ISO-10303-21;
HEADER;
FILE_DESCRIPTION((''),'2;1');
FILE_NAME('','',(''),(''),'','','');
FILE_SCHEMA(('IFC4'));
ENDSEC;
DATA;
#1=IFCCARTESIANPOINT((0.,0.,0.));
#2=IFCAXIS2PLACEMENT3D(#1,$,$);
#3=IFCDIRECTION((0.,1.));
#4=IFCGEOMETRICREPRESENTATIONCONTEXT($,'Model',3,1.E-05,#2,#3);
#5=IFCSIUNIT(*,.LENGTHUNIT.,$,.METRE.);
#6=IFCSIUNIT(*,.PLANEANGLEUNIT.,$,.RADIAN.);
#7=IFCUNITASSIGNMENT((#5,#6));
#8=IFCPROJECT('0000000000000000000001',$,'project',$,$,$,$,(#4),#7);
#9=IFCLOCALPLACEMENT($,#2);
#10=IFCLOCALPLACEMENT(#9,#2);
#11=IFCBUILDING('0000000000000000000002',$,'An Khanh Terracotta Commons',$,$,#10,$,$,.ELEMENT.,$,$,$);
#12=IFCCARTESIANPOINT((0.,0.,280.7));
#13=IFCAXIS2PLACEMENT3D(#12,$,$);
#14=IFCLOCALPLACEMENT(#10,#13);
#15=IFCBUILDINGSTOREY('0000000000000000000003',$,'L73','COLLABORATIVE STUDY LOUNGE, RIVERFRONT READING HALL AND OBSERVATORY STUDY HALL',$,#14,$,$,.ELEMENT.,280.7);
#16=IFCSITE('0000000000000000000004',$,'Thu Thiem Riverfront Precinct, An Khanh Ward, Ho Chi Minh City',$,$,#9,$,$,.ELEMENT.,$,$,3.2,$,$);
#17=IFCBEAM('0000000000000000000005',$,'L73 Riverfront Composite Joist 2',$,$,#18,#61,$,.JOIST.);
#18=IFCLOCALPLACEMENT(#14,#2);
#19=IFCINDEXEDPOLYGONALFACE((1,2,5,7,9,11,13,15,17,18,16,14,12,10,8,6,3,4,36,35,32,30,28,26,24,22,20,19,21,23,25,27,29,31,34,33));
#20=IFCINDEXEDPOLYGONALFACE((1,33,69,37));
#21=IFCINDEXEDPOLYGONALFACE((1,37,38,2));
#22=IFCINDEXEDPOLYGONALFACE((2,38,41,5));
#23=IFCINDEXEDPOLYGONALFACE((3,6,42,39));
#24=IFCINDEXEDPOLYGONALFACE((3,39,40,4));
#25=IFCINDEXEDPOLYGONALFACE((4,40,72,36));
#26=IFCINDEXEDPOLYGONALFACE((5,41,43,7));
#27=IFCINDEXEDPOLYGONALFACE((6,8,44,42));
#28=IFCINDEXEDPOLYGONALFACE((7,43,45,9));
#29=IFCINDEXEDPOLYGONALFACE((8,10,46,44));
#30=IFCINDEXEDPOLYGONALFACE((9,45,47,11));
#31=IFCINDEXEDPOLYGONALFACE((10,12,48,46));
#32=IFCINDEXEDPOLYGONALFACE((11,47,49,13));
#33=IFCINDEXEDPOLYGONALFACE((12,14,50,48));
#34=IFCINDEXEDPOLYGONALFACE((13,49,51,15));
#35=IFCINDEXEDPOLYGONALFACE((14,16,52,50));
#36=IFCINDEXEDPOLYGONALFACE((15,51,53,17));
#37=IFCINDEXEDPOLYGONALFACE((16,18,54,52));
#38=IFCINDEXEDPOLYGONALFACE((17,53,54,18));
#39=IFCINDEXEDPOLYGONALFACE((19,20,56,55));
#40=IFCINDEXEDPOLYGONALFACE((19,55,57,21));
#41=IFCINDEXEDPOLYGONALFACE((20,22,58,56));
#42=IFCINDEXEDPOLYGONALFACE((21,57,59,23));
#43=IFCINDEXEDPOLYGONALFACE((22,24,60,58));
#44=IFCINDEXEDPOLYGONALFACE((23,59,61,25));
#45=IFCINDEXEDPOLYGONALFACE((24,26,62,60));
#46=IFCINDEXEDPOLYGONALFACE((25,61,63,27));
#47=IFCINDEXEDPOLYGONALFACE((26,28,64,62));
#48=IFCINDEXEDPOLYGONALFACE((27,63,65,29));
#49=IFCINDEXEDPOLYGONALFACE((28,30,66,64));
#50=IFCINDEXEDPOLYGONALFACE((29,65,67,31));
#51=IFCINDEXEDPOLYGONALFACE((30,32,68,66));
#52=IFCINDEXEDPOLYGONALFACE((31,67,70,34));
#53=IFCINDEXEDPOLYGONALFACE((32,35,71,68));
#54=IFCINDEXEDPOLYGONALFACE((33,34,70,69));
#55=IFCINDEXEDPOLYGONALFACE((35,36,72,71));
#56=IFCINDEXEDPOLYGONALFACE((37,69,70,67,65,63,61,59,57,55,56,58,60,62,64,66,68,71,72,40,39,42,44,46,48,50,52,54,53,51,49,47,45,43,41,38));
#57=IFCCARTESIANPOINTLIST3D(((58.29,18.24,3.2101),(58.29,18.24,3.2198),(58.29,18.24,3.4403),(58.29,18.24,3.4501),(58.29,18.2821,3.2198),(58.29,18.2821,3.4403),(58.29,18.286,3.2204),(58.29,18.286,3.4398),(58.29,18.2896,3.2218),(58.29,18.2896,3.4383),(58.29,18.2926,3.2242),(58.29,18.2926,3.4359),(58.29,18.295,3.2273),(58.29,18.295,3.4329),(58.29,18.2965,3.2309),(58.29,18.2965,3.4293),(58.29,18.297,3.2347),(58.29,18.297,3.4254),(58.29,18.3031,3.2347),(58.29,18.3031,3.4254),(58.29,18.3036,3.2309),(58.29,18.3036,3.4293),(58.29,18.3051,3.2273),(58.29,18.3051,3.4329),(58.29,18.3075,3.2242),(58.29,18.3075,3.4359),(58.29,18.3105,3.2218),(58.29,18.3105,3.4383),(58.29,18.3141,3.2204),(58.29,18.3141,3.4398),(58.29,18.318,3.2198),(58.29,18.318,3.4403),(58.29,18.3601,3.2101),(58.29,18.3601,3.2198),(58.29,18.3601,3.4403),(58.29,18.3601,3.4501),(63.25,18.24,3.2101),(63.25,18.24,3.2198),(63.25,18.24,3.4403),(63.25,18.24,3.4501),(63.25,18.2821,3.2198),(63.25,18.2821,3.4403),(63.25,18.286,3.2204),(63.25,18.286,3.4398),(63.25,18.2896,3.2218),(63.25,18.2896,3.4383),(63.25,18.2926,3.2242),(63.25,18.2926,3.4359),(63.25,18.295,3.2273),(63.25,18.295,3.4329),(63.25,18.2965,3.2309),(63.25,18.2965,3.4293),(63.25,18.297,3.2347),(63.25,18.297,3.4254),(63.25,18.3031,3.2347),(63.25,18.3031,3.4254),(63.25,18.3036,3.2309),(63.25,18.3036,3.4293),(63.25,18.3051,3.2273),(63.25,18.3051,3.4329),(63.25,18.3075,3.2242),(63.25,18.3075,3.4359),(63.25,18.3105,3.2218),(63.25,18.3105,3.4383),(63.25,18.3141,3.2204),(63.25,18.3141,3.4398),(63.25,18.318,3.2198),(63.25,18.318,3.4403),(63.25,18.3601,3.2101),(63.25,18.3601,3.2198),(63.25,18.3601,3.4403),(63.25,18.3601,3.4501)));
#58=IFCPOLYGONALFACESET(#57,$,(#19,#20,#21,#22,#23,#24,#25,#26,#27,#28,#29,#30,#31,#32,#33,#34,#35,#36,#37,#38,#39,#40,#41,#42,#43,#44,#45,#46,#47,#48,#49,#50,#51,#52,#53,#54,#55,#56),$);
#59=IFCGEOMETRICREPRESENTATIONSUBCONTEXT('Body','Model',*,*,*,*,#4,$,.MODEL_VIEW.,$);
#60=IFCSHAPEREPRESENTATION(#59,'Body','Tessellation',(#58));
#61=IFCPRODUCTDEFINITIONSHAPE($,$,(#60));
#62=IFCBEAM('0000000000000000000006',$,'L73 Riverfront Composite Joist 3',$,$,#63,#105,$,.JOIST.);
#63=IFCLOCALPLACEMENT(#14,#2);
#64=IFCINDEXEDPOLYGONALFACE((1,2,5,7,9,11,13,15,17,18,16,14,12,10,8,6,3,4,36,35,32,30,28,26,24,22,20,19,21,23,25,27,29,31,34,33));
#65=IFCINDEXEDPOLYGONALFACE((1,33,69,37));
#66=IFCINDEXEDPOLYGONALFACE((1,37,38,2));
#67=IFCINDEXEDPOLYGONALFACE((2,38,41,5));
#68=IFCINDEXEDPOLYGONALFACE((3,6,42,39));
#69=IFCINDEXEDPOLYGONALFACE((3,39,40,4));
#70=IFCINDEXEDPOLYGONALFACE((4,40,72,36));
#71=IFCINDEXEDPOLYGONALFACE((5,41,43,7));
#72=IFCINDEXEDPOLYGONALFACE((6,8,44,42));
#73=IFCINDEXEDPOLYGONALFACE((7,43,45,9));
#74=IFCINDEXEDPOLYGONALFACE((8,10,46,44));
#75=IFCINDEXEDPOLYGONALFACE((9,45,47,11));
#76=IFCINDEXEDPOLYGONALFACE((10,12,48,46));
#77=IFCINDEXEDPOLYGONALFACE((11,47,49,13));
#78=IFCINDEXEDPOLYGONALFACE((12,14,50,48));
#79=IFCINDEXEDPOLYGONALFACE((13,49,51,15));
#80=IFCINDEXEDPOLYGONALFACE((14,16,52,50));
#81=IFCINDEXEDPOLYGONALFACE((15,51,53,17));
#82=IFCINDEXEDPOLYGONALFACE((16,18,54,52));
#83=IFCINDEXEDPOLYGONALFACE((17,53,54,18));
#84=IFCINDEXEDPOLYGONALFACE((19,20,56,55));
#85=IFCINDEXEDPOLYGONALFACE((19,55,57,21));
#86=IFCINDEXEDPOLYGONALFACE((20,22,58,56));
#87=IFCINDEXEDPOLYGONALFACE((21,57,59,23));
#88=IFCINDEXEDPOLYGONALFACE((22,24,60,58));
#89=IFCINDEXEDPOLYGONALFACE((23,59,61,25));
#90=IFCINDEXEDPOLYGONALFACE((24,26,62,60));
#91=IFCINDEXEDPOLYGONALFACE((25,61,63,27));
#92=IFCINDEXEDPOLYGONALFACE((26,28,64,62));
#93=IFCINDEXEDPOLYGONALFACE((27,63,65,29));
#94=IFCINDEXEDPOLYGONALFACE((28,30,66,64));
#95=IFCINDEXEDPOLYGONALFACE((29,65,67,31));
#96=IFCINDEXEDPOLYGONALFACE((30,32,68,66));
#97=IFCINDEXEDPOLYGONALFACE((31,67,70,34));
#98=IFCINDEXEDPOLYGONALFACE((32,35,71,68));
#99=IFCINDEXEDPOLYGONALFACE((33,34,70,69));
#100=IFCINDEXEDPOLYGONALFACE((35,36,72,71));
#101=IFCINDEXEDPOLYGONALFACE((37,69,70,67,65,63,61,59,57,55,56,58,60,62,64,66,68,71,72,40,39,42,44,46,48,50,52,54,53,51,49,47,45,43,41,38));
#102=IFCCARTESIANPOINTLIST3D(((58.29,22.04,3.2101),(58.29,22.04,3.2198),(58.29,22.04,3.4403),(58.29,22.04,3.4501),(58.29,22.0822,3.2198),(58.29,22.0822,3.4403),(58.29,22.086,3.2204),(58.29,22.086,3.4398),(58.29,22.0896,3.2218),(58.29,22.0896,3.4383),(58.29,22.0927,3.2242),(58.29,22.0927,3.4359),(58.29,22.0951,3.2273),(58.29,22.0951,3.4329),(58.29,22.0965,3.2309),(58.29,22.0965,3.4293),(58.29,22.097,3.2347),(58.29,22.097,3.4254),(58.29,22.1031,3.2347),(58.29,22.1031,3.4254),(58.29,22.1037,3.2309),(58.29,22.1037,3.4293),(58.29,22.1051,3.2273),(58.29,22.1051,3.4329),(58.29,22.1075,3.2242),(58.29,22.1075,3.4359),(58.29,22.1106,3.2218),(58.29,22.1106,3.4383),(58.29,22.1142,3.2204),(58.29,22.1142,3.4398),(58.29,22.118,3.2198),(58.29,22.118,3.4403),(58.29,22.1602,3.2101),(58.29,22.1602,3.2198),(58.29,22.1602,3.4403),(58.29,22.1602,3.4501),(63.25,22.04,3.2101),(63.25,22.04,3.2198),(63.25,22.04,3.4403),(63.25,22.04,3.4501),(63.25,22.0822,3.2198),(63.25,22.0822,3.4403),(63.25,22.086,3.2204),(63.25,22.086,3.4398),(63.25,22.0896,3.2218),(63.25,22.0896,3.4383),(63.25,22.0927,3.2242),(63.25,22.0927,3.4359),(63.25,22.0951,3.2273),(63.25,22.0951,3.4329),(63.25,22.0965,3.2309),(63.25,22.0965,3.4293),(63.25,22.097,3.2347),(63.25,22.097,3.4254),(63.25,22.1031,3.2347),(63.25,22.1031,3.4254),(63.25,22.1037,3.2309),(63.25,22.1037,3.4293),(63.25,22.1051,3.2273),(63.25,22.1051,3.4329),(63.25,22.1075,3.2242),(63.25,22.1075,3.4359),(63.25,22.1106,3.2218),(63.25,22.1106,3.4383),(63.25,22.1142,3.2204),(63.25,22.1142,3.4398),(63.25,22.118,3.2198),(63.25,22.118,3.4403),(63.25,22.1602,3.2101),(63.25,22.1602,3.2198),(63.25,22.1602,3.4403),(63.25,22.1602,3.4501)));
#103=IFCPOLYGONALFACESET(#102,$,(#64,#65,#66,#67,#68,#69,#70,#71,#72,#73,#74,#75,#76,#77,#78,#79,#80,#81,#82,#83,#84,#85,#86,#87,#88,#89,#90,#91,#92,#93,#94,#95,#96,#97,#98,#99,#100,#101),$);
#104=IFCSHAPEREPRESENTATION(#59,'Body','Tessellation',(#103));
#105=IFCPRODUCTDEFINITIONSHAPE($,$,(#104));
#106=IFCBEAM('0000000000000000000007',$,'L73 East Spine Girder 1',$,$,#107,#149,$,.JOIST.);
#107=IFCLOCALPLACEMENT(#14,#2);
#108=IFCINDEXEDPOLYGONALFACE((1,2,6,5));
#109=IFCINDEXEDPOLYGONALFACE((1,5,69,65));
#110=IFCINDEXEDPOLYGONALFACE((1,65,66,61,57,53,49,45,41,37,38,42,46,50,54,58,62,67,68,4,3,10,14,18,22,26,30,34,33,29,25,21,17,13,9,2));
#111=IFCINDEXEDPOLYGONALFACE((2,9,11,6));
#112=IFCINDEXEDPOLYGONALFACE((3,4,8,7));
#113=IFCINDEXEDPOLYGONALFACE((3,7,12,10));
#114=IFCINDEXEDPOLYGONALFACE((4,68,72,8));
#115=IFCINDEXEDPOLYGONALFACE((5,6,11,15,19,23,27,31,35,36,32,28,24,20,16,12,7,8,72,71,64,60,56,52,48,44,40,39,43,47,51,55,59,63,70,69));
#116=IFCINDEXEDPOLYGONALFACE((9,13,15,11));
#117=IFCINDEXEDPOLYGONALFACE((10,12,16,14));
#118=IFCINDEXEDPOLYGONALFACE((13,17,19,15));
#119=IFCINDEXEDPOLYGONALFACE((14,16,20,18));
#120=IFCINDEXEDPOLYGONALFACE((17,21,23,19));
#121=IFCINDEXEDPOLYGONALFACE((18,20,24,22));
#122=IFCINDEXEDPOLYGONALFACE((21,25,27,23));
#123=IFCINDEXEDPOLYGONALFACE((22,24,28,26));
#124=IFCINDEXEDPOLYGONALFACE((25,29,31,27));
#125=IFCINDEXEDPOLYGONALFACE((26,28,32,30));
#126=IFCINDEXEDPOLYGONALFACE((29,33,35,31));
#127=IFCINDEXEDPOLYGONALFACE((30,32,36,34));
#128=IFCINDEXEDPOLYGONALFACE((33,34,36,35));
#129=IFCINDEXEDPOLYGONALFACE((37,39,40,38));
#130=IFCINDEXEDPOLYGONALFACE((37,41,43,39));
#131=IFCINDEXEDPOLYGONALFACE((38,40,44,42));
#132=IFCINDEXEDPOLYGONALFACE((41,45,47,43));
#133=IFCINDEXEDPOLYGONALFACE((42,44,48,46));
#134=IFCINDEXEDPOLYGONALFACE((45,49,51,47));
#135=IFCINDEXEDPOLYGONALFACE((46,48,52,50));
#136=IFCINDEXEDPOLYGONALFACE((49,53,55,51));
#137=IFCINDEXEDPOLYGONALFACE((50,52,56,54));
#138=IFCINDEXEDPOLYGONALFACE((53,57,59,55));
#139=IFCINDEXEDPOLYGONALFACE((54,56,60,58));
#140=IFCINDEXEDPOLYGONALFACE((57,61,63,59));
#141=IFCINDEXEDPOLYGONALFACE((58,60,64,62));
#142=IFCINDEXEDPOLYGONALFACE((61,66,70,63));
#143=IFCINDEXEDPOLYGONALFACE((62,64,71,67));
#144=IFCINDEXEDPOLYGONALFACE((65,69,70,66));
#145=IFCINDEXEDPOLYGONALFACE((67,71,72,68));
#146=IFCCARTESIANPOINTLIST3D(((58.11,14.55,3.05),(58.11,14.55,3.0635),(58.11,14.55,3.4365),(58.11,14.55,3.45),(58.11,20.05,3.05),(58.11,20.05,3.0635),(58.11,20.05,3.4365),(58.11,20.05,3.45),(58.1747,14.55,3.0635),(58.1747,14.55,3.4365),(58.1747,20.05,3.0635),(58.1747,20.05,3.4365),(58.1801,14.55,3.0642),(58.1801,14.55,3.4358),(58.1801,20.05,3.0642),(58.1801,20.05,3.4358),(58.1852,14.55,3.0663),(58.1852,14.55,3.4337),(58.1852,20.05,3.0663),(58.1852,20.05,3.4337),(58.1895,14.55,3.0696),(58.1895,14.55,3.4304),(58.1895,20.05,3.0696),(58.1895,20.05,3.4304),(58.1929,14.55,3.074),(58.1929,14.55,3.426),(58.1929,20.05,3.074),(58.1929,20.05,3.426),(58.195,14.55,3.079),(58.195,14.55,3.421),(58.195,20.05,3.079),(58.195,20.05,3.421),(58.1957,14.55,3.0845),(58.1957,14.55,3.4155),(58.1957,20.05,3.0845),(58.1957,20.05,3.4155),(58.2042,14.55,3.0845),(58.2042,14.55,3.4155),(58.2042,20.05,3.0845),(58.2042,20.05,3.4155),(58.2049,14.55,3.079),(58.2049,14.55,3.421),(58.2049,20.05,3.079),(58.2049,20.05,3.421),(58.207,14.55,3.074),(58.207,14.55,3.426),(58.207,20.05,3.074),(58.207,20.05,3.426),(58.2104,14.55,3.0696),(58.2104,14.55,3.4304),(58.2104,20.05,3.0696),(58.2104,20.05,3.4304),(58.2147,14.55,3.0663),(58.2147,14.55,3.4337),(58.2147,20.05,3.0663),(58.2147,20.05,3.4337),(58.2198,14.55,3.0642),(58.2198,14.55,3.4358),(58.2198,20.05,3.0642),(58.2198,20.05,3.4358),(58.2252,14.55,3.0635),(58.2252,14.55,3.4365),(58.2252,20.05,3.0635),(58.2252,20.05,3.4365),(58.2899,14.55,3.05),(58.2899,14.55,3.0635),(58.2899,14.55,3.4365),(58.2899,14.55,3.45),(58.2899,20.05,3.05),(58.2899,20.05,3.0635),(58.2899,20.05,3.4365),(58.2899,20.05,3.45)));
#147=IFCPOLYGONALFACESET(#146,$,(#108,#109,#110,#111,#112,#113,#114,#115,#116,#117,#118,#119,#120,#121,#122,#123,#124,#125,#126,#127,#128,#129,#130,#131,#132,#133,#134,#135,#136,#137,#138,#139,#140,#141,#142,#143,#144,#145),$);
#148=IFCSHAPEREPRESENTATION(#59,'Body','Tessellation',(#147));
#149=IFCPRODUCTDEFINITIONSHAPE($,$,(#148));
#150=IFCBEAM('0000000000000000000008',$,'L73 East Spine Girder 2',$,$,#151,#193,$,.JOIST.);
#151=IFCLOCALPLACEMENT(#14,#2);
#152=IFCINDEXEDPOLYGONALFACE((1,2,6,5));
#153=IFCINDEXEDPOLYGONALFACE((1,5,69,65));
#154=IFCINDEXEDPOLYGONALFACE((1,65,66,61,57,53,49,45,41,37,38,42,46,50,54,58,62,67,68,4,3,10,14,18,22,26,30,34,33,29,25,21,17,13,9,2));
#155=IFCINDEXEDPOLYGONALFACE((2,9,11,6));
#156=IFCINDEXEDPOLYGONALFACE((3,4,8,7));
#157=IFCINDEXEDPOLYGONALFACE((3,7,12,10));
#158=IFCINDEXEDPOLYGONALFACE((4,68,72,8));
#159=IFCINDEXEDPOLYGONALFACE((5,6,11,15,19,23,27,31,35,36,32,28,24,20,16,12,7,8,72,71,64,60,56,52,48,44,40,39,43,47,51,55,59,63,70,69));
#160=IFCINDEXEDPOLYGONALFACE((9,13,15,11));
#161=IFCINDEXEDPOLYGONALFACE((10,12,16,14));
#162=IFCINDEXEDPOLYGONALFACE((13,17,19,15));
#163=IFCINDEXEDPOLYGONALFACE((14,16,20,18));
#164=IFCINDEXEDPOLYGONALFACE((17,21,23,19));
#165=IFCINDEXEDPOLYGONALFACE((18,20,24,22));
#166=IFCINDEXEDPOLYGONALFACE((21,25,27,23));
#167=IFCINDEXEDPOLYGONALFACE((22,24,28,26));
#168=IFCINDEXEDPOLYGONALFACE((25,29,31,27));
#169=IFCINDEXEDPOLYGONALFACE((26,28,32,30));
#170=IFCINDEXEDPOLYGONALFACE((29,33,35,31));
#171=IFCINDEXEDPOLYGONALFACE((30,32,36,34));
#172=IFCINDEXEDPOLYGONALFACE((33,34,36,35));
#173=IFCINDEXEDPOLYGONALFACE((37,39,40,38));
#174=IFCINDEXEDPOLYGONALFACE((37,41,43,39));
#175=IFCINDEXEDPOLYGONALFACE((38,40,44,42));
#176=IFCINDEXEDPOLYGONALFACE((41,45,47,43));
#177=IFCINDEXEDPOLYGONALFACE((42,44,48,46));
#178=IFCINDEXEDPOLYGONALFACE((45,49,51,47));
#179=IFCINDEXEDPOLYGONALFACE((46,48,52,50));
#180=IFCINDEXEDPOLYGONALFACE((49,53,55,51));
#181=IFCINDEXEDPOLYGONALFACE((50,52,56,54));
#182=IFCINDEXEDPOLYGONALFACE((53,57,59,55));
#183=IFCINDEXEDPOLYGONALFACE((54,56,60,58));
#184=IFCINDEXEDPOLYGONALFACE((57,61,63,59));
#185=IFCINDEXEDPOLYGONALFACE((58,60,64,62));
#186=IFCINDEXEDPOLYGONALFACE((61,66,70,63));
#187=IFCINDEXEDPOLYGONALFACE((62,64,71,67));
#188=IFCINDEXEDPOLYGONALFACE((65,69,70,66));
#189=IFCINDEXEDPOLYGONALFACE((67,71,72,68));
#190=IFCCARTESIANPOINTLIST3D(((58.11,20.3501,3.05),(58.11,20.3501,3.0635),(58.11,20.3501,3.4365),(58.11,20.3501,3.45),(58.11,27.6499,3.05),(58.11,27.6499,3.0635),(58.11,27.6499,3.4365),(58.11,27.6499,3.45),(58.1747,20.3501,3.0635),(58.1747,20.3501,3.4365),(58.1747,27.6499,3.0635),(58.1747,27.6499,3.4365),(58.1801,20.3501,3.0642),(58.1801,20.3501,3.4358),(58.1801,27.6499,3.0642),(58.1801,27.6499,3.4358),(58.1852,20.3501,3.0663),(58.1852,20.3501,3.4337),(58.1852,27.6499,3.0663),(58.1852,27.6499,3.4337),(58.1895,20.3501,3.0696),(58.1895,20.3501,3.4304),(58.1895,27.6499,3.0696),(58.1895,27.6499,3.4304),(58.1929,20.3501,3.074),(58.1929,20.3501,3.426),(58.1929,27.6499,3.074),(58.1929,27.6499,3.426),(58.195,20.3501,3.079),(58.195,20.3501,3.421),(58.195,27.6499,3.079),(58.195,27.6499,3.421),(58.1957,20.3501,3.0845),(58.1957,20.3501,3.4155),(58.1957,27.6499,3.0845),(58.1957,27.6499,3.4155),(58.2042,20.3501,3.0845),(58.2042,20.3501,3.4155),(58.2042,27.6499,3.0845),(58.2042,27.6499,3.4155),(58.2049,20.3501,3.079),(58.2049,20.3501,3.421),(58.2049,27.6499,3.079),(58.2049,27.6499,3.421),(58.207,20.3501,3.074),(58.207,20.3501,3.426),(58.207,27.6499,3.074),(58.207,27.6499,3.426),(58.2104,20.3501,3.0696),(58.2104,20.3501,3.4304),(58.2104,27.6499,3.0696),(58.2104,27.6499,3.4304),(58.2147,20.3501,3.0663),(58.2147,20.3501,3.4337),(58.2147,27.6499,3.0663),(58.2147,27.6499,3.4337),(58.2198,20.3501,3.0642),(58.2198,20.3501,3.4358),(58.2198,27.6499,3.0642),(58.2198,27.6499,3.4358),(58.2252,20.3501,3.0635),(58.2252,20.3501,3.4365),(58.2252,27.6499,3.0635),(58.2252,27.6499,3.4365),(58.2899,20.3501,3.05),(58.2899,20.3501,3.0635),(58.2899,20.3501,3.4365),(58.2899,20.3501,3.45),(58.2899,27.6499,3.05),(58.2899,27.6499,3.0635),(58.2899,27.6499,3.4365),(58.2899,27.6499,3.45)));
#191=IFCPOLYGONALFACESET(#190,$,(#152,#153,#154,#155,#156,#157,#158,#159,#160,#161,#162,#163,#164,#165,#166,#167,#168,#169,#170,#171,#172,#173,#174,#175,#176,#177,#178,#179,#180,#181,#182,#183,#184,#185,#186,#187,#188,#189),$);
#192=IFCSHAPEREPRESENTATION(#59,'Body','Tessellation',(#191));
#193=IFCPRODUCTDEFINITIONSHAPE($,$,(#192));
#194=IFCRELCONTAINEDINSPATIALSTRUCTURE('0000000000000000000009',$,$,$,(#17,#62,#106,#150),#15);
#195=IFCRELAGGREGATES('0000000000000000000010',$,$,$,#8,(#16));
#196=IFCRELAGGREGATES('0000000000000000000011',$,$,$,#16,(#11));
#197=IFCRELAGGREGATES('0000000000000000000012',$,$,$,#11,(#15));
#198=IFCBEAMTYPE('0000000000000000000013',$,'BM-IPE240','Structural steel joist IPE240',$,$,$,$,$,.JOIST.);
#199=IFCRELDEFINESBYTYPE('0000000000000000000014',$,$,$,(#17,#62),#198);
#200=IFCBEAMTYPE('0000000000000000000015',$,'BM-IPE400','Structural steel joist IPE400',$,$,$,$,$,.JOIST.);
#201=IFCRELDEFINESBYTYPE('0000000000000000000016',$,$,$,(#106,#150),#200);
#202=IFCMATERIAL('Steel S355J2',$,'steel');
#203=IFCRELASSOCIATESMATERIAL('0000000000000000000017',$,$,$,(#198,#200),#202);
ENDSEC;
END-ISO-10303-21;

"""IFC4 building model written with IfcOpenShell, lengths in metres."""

from ifc_helpers import new_model, si_unit, direction, frame, origin, origin_2d, place, context, subcontext, project, spatial, i_section, extrude, material, material_profile, profile_set, type_object, element, save


model = new_model("IFC4")

# Units and contexts
model_context = context("Model", 3, precision=1e-05, world=origin(), true_north=direction((0.0, 1.0)))
body_context = subcontext(model_context, "Body", "Model", "MODEL_VIEW")
ifc_project = project(units=[si_unit("LENGTHUNIT", "METRE"), si_unit("PLANEANGLEUNIT", "RADIAN")], contexts=[model_context])

# Site, building, storey
site_placement = place(None, origin())
site = spatial("IfcSite", under=ifc_project, at=site_placement, Name="Thu Thiem Riverfront Precinct, An Khanh Ward, Ho Chi Minh City", CompositionType="ELEMENT", RefElevation=3.2)
building_placement = place(site_placement, origin())
building = spatial("IfcBuilding", under=site, at=building_placement, Name="An Khanh Terracotta Commons", CompositionType="ELEMENT")
storey_placement = place(building_placement, frame((0.0, 0.0, 280.7)))
storey = spatial("IfcBuildingStorey", under=building, at=storey_placement, Name="L73", Description="COLLABORATIVE STUDY LOUNGE, RIVERFRONT READING HALL AND OBSERVATORY STUDY HALL", CompositionType="ELEMENT", Elevation=280.7)

# Beams
ifc_material_1 = material(Name="Steel S355J2", Category="steel")
ifc_material_profile_1 = material_profile(ifc_material_1, i_section(OverallWidth=0.1201, OverallDepth=0.24, WebThickness=0.0061, FlangeThickness=0.0098, FilletRadius=0.0149, at=origin_2d()), Name="IPE240")
ifc_profile_set_1 = profile_set([ifc_material_profile_1], Name="Steel S355J2")
beam_type_1 = type_object("IfcBeamType", Name="BM-IPE240", Description="Structural steel joist IPE240", PredefinedType="JOIST", material=ifc_profile_set_1)
for number, where, z_axis, x_axis, name in (
    (1, (58.29, 18.3, 3.3301), (1.0, 0.0, 0.0), (0.0, 1.0, 0.0), "L73 Riverfront Composite Joist 2"),
    (2, (58.29, 22.1001, 3.3301), (1.0, 0.0, 0.0), (0.0, 1.0, 0.0), "L73 Riverfront Composite Joist 3"),
):
    element("IfcBeam", number, at=place(storey_placement, frame(where, z_axis=z_axis, x_axis=x_axis)), inside=storey, type_object=beam_type_1, Name=name, PredefinedType="JOIST", context=body_context, shape_type="SweptSolid", body=[
        extrude(i_section(OverallWidth=0.1201, OverallDepth=0.24, WebThickness=0.0061, FlangeThickness=0.0098, FilletRadius=0.0149, at=origin_2d()), origin(), (0.0, 0.0, 1.0), 4.96),
    ])
ifc_material_profile_2 = material_profile(ifc_material_1, i_section(OverallWidth=0.1799, OverallDepth=0.3999, WebThickness=0.0085, FlangeThickness=0.0134, FilletRadius=0.021, at=origin_2d()), Name="IPE400")
ifc_profile_set_2 = profile_set([ifc_material_profile_2], Name="Steel S355J2")
beam_type_2 = type_object("IfcBeamType", Name="BM-IPE400", Description="Structural steel joist IPE400", PredefinedType="JOIST", material=ifc_profile_set_2)
beam_1_placement = place(storey_placement, frame((58.2, 14.55, 3.25), z_axis=(0.0, 1.0, 0.0), x_axis=(-1.0, 0.0, 0.0)))
element("IfcBeam", 3, at=beam_1_placement, inside=storey, type_object=beam_type_2, Name="L73 East Spine Girder 1", PredefinedType="JOIST", context=body_context, shape_type="SweptSolid", body=[
    extrude(i_section(OverallWidth=0.1799, OverallDepth=0.3999, WebThickness=0.0085, FlangeThickness=0.0134, FilletRadius=0.021, at=origin_2d()), origin(), (0.0, 0.0, 1.0), 5.5),
])
beam_2_placement = place(storey_placement, frame((58.2, 20.3501, 3.25), z_axis=(0.0, 1.0, 0.0), x_axis=(-1.0, 0.0, 0.0)))
element("IfcBeam", 4, at=beam_2_placement, inside=storey, type_object=beam_type_2, Name="L73 East Spine Girder 2", PredefinedType="JOIST", context=body_context, shape_type="SweptSolid", body=[
    extrude(i_section(OverallWidth=0.1799, OverallDepth=0.3999, WebThickness=0.0085, FlangeThickness=0.0134, FilletRadius=0.021, at=origin_2d()), origin(), (0.0, 0.0, 1.0), 7.2998),
])

save(model, "model.ifc")
